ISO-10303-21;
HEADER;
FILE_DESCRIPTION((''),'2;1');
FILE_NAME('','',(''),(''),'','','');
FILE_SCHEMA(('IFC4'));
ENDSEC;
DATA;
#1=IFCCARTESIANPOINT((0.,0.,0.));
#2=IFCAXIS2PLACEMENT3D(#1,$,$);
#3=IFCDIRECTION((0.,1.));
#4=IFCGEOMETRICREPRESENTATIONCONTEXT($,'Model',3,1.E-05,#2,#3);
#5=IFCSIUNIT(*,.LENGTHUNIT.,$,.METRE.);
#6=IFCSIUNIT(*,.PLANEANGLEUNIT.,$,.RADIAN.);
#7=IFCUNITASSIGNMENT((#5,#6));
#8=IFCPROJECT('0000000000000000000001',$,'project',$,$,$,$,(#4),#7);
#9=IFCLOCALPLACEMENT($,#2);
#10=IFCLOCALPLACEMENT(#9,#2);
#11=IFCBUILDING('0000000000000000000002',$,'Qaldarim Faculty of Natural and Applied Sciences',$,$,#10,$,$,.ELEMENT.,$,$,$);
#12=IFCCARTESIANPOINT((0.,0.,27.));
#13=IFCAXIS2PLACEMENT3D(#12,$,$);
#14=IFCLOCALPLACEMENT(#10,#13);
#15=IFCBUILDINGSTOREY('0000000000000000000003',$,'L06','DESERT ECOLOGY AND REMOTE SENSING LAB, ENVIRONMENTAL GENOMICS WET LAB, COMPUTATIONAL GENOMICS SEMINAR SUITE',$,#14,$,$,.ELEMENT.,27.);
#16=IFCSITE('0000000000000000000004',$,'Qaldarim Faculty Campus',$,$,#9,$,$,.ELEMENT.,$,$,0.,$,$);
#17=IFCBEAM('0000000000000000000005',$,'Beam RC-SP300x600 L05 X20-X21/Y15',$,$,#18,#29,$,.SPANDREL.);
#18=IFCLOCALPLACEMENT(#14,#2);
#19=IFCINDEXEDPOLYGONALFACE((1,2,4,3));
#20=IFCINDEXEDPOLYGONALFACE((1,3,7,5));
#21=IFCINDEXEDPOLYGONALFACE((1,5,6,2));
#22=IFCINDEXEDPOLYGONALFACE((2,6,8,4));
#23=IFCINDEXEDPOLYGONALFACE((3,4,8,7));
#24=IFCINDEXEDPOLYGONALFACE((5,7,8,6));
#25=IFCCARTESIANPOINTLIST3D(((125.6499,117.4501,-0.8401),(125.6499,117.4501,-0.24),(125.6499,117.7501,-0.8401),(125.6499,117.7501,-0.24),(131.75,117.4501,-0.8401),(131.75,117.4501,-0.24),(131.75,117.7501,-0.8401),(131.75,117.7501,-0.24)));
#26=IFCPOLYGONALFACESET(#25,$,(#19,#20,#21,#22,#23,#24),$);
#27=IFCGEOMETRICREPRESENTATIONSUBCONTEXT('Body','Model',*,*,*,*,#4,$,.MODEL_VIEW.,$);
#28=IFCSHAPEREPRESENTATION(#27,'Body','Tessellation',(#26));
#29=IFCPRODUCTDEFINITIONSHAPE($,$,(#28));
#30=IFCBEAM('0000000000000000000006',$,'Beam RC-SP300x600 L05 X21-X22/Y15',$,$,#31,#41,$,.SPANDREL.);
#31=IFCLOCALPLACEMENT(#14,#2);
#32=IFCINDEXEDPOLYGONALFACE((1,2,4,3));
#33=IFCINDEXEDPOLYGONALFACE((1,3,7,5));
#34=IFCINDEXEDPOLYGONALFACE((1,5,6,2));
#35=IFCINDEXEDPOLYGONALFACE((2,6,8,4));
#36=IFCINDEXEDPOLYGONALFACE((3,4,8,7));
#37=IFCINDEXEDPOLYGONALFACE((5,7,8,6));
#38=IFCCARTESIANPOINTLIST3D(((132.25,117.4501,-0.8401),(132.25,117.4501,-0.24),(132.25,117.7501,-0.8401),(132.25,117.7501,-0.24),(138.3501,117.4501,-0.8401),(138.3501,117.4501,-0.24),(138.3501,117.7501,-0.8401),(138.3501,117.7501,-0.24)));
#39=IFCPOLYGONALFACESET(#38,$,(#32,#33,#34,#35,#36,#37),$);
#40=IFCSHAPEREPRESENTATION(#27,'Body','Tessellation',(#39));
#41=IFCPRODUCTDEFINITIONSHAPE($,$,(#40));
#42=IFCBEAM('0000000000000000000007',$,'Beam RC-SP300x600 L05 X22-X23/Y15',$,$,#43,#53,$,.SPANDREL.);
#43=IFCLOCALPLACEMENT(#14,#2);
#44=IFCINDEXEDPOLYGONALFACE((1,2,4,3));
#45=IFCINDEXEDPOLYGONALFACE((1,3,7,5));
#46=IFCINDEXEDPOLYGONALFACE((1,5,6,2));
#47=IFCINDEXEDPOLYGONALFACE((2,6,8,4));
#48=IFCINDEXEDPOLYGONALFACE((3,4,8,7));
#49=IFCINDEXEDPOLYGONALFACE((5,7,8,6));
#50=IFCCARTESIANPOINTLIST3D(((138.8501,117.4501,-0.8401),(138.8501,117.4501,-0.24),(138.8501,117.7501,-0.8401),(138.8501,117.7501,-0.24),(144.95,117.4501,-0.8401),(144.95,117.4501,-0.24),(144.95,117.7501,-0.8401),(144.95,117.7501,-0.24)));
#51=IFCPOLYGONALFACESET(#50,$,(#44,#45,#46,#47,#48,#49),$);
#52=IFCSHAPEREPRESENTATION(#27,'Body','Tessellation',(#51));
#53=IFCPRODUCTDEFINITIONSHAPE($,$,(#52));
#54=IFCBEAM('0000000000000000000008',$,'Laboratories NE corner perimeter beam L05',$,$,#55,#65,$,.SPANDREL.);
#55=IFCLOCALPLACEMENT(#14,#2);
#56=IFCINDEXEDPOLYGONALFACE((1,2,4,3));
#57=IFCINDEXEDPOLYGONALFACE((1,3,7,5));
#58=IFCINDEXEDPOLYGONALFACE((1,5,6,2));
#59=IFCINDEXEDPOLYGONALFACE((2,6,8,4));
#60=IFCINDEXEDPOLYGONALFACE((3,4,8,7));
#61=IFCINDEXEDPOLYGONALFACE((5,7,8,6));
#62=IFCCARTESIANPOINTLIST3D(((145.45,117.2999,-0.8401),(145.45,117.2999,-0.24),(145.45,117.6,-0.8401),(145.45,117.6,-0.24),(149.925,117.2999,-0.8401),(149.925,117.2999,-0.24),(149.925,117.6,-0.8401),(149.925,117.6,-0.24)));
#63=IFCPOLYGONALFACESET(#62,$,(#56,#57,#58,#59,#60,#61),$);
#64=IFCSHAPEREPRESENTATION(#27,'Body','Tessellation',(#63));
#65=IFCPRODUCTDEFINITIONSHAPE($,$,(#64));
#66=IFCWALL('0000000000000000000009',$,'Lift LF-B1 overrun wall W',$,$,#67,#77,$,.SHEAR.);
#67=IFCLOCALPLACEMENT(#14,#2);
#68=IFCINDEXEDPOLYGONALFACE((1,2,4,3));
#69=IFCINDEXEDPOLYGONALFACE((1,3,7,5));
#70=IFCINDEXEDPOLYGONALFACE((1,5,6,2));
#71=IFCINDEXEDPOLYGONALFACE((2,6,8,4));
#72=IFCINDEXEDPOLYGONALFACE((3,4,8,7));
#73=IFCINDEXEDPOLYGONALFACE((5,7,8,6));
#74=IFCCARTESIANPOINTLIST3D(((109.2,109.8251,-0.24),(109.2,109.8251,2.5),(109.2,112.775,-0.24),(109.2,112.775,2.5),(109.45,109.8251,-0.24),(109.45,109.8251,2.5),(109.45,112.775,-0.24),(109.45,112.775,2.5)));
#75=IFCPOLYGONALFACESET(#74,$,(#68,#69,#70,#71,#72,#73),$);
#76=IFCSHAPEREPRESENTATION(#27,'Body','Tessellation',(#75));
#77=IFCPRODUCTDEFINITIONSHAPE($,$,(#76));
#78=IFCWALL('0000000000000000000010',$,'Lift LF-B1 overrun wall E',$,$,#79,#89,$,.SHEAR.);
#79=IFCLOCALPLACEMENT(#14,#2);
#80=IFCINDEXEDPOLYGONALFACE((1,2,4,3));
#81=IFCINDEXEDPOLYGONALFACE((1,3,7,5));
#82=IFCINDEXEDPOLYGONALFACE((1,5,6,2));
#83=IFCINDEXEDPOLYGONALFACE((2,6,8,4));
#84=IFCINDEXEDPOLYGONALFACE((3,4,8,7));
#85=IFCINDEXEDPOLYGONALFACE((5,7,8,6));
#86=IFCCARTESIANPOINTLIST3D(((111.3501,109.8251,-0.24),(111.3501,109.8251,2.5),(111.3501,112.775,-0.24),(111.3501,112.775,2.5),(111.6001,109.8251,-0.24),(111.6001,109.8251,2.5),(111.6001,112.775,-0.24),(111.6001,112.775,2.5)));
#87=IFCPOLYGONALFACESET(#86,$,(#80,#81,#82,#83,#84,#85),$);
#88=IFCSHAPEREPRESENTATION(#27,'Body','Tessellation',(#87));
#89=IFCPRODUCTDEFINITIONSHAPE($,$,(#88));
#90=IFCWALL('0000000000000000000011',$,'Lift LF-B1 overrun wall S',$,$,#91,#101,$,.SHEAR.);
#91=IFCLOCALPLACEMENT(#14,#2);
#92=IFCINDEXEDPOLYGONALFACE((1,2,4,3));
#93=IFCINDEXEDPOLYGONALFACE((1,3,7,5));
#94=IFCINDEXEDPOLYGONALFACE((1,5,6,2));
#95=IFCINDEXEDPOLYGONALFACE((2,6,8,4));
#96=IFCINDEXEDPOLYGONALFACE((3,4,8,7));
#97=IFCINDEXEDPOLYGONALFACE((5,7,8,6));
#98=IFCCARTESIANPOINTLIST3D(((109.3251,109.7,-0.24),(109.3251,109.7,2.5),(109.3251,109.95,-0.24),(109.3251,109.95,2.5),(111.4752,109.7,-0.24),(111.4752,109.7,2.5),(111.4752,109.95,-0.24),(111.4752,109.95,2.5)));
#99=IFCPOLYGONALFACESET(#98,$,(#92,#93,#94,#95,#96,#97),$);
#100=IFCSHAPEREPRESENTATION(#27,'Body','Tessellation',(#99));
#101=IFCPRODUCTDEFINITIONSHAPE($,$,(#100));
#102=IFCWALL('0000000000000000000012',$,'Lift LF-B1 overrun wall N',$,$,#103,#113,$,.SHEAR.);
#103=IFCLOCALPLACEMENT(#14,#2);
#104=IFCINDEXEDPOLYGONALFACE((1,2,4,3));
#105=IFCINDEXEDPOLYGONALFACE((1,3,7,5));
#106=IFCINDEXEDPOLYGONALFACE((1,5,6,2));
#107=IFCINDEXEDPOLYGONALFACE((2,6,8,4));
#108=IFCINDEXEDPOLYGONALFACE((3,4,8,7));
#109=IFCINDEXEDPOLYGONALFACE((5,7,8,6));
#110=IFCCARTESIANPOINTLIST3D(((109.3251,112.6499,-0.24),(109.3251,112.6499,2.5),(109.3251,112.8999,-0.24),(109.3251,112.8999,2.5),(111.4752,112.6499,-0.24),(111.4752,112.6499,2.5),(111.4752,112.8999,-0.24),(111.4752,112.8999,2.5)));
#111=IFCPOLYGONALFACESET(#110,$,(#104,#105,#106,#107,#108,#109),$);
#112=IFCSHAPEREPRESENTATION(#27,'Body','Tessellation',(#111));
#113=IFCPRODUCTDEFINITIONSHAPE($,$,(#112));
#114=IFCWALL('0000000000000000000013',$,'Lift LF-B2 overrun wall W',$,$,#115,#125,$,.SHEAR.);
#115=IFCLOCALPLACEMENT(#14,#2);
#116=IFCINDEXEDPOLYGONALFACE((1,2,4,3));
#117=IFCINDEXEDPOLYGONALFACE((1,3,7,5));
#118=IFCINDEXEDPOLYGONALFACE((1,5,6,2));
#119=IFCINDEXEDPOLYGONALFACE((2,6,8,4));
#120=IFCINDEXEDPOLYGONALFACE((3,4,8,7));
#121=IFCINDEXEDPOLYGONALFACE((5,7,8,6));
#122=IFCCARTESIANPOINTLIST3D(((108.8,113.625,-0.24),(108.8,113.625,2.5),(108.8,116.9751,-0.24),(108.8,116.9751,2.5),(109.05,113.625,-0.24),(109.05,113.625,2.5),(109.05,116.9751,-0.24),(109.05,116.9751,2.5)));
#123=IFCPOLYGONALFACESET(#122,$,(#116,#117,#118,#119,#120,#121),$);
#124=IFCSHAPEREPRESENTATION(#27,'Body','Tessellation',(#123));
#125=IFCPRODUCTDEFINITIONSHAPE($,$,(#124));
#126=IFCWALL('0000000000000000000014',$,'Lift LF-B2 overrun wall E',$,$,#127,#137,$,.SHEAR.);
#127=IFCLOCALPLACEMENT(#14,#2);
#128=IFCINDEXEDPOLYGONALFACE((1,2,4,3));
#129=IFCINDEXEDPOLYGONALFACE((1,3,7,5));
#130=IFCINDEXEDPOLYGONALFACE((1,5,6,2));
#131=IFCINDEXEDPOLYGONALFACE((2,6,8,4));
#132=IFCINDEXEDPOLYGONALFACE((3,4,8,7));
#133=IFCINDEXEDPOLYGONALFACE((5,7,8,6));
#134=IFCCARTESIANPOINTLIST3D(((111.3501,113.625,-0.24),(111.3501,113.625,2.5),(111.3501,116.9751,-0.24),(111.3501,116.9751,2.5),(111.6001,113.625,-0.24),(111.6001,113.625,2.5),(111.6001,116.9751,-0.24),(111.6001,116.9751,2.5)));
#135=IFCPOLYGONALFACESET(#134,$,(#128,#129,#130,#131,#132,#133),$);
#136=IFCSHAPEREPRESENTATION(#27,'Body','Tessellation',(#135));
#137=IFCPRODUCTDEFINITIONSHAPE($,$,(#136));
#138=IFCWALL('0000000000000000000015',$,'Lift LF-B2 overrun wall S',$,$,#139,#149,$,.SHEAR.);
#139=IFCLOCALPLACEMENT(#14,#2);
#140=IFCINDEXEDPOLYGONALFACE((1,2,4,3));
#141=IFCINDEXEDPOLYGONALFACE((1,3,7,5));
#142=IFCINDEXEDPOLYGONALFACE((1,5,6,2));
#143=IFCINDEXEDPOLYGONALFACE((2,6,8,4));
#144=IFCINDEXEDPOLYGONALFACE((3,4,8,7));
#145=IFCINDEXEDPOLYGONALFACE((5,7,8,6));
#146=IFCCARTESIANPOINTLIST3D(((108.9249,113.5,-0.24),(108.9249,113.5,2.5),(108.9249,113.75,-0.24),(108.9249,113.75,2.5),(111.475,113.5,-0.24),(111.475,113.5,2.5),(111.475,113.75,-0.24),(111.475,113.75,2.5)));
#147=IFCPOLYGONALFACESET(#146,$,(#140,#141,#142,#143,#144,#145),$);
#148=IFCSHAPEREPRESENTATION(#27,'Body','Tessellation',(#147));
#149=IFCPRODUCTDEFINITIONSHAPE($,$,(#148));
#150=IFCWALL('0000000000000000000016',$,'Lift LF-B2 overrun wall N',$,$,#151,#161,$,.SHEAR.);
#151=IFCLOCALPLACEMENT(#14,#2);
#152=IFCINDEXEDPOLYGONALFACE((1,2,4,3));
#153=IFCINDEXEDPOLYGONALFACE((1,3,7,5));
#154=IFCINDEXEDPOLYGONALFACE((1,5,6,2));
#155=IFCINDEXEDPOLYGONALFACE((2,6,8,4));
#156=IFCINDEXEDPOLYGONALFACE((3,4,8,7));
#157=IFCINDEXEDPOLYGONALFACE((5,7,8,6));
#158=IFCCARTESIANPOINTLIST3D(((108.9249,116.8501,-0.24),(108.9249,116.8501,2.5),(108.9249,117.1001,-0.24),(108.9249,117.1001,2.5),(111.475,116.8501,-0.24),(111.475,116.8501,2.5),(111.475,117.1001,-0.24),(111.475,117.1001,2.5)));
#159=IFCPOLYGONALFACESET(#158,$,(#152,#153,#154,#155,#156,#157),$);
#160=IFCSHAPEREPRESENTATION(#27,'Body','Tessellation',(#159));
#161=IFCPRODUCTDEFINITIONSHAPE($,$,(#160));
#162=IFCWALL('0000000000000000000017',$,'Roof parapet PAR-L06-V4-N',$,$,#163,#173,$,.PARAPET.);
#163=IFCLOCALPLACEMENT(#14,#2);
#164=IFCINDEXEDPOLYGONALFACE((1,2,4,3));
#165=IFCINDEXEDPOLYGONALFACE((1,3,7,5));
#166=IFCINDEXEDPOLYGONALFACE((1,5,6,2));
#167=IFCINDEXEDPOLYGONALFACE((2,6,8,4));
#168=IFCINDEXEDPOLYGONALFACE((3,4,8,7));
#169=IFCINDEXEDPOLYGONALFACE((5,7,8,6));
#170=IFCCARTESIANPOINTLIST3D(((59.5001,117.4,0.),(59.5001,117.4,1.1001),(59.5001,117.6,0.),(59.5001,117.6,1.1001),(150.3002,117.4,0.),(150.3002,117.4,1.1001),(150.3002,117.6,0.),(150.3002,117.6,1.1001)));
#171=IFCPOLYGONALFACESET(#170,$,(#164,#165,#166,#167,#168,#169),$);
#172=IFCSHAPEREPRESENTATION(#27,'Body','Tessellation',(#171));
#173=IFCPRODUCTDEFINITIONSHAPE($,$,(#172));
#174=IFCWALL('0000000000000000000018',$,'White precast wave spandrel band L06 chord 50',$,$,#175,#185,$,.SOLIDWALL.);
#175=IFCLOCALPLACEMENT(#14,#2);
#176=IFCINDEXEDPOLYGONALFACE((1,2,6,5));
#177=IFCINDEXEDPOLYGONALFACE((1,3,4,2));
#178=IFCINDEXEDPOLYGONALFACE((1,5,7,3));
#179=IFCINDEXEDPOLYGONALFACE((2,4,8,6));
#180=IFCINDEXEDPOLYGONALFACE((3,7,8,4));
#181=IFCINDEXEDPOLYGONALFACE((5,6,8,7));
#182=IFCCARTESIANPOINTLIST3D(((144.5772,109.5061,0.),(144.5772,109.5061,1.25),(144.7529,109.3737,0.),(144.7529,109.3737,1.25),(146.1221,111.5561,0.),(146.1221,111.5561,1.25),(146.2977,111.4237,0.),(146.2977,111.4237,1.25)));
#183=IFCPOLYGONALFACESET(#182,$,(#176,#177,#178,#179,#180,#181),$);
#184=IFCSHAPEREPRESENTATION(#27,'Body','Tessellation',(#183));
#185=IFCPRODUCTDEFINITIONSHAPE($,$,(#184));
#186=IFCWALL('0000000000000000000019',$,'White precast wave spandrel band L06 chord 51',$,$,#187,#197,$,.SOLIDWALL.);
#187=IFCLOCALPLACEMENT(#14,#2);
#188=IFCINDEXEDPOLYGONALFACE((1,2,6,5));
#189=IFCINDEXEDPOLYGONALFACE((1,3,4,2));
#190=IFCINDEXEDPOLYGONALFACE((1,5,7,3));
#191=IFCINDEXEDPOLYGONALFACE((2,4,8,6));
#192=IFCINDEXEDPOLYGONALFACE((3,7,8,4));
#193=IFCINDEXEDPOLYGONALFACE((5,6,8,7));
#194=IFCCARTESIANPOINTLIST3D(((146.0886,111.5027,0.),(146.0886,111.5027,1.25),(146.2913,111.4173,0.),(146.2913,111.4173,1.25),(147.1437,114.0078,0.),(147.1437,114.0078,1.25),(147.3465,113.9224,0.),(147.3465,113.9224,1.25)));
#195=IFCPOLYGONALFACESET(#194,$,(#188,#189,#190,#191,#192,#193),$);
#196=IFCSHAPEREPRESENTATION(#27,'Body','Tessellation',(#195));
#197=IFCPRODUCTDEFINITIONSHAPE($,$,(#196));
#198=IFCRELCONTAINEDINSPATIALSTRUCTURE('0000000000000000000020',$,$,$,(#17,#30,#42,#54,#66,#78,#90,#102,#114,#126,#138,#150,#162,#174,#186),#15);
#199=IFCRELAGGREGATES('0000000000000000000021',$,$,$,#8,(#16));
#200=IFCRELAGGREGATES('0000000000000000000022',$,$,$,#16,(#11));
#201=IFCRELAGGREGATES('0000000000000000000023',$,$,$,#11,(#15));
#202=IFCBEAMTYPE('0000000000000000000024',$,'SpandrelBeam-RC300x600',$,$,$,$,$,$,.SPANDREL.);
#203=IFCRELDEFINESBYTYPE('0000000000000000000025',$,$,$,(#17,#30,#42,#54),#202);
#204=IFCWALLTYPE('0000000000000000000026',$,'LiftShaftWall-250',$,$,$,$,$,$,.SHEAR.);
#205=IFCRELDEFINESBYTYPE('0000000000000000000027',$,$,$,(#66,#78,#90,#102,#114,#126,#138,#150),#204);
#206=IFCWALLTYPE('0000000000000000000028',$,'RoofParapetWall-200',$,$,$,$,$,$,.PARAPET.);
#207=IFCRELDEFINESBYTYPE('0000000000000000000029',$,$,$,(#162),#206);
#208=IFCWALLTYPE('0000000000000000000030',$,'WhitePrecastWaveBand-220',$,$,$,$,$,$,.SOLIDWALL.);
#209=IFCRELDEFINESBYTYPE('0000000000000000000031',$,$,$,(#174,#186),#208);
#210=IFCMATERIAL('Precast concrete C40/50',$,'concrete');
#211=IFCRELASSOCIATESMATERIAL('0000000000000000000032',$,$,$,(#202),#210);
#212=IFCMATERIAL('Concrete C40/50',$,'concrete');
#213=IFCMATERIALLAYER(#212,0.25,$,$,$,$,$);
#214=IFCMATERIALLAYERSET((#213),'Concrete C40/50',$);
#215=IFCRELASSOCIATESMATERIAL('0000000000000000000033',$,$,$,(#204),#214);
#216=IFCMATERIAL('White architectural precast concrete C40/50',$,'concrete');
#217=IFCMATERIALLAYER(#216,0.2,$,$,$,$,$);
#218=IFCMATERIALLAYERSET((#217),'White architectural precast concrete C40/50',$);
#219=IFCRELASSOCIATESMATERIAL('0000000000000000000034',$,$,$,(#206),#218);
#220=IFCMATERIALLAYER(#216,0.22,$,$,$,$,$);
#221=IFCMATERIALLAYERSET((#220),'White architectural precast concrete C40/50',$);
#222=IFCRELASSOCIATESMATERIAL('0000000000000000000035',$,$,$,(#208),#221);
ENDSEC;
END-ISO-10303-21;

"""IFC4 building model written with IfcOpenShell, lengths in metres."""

from ifc_helpers import new_model, si_unit, direction, frame, frame_2d, origin, origin_2d, place, context, subcontext, project, spatial, rectangle, extrude, material, layer, layer_set, material_profile, profile_set, type_object, element, save


model = new_model("IFC4")

# Units and contexts
model_context = context("Model", 3, precision=1e-05, world=origin(), true_north=direction((0.0, 1.0)))
body_context = subcontext(model_context, "Body", "Model", "MODEL_VIEW")
ifc_project = project(units=[si_unit("LENGTHUNIT", "METRE"), si_unit("PLANEANGLEUNIT", "RADIAN")], contexts=[model_context])

# Site, building, storey
site_placement = place(None, origin())
site = spatial("IfcSite", under=ifc_project, at=site_placement, Name="Qaldarim Faculty Campus", CompositionType="ELEMENT", RefElevation=0.0)
building_placement = place(site_placement, origin())
building = spatial("IfcBuilding", under=site, at=building_placement, Name="Qaldarim Faculty of Natural and Applied Sciences", CompositionType="ELEMENT")
storey_placement = place(building_placement, frame((0.0, 0.0, 27.0)))
storey = spatial("IfcBuildingStorey", under=building, at=storey_placement, Name="L06", Description="DESERT ECOLOGY AND REMOTE SENSING LAB, ENVIRONMENTAL GENOMICS WET LAB, COMPUTATIONAL GENOMICS SEMINAR SUITE", CompositionType="ELEMENT", Elevation=27.0)

# Beams
ifc_material_1 = material(Name="Concrete C40/50", Category="concrete")
ifc_material_2 = material(Name="Precast concrete C40/50", Category="concrete")
ifc_material_profile_1 = material_profile(ifc_material_2, rectangle(XDim=0.3, YDim=0.6001, at=origin_2d()), Name="RC-SP300x600")
ifc_profile_set_1 = profile_set([ifc_material_profile_1], Name="Precast concrete C40/50")
beam_type_1 = type_object("IfcBeamType", Name="SpandrelBeam-RC300x600", PredefinedType="SPANDREL", material=ifc_profile_set_1)
for number, where, z_axis, x_axis, name in (
    (1, (125.6499, 117.6001, -0.54), (1.0, 0.0, 0.0), (0.0, 1.0, 0.0), "Beam RC-SP300x600 L05 X20-X21/Y15"),
    (2, (132.25, 117.6001, -0.54), (1.0, 0.0, 0.0), (0.0, 1.0, 0.0), "Beam RC-SP300x600 L05 X21-X22/Y15"),
):
    element("IfcBeam", number, at=place(storey_placement, frame(where, z_axis=z_axis, x_axis=x_axis)), inside=storey, type_object=beam_type_1, Name=name, PredefinedType="SPANDREL", context=body_context, shape_type="SweptSolid", body=[
        extrude(rectangle(XDim=0.3, YDim=0.6001, at=origin_2d()), origin(), (0.0, 0.0, 1.0), 6.1001),
    ])
beam_1_placement = place(storey_placement, frame((138.8501, 117.6001, -0.54), z_axis=(1.0, 0.0, 0.0), x_axis=(0.0, 1.0, 0.0)))
element("IfcBeam", 3, at=beam_1_placement, inside=storey, type_object=beam_type_1, Name="Beam RC-SP300x600 L05 X22-X23/Y15", PredefinedType="SPANDREL", context=body_context, shape_type="SweptSolid", body=[
    extrude(rectangle(XDim=0.3, YDim=0.6001, at=origin_2d()), origin(), (0.0, 0.0, 1.0), 6.0999),
])
beam_2_placement = place(storey_placement, frame((145.45, 117.45, -0.54), z_axis=(1.0, 0.0, 0.0), x_axis=(0.0, 1.0, 0.0)))
element("IfcBeam", 4, at=beam_2_placement, inside=storey, type_object=beam_type_1, Name="Laboratories NE corner perimeter beam L05", PredefinedType="SPANDREL", context=body_context, shape_type="SweptSolid", body=[
    extrude(rectangle(XDim=0.3, YDim=0.6001, at=origin_2d()), origin(), (0.0, 0.0, 1.0), 4.4751),
])

# Walls
ifc_layer_1 = layer(ifc_material_1, 0.25)
ifc_layer_set_1 = layer_set([ifc_layer_1], Name="Concrete C40/50")
wall_type_1 = type_object("IfcWallType", Name="LiftShaftWall-250", PredefinedType="SHEAR", material=ifc_layer_set_1)
for number, where, z_axis, x_axis, name in (
    (5, (109.325, 109.825, -0.24), (0.0, 0.0, 1.0), (0.0, 1.0, 0.0), "Lift LF-B1 overrun wall W"),
    (6, (111.4751, 109.825, -0.24), (0.0, 0.0, 1.0), (0.0, 1.0, 0.0), "Lift LF-B1 overrun wall E"),
):
    element("IfcWall", number, at=place(storey_placement, frame(where, z_axis=z_axis, x_axis=x_axis)), inside=storey, type_object=wall_type_1, Name=name, PredefinedType="SHEAR", context=body_context, shape_type="SweptSolid", body=[
        extrude(rectangle(XDim=2.95, YDim=0.25, at=frame_2d((1.4751, 0.0))), origin(), (0.0, 0.0, 1.0), 2.74),
    ])
for number, where, z_axis, x_axis, name in (
    (7, (109.325, 109.825, -0.24), (0.0, 0.0, 1.0), (1.0, 0.0, 0.0), "Lift LF-B1 overrun wall S"),
    (8, (109.325, 112.7749, -0.24), (0.0, 0.0, 1.0), (1.0, 0.0, 0.0), "Lift LF-B1 overrun wall N"),
):
    element("IfcWall", number, at=place(storey_placement, frame(where, z_axis=z_axis, x_axis=x_axis)), inside=storey, type_object=wall_type_1, Name=name, PredefinedType="SHEAR", context=body_context, shape_type="SweptSolid", body=[
        extrude(rectangle(XDim=2.1501, YDim=0.25, at=frame_2d((1.0752, 0.0))), origin(), (0.0, 0.0, 1.0), 2.74),
    ])
for number, where, z_axis, x_axis, name in (
    (9, (108.925, 113.625, -0.24), (0.0, 0.0, 1.0), (0.0, 1.0, 0.0), "Lift LF-B2 overrun wall W"),
    (10, (111.4751, 113.625, -0.24), (0.0, 0.0, 1.0), (0.0, 1.0, 0.0), "Lift LF-B2 overrun wall E"),
):
    element("IfcWall", number, at=place(storey_placement, frame(where, z_axis=z_axis, x_axis=x_axis)), inside=storey, type_object=wall_type_1, Name=name, PredefinedType="SHEAR", context=body_context, shape_type="SweptSolid", body=[
        extrude(rectangle(XDim=3.3501, YDim=0.25, at=frame_2d((1.675, 0.0))), origin(), (0.0, 0.0, 1.0), 2.74),
    ])
for number, where, z_axis, x_axis, name in (
    (11, (108.925, 113.625, -0.24), (0.0, 0.0, 1.0), (1.0, 0.0, 0.0), "Lift LF-B2 overrun wall S"),
    (12, (108.925, 116.9751, -0.24), (0.0, 0.0, 1.0), (1.0, 0.0, 0.0), "Lift LF-B2 overrun wall N"),
):
    element("IfcWall", number, at=place(storey_placement, frame(where, z_axis=z_axis, x_axis=x_axis)), inside=storey, type_object=wall_type_1, Name=name, PredefinedType="SHEAR", context=body_context, shape_type="SweptSolid", body=[
        extrude(rectangle(XDim=2.55, YDim=0.25, at=frame_2d((1.2749, 0.0))), origin(), (0.0, 0.0, 1.0), 2.74),
    ])
ifc_material_3 = material(Name="White architectural precast concrete C40/50", Category="concrete")
ifc_layer_2 = layer(ifc_material_3, 0.2)
ifc_layer_set_2 = layer_set([ifc_layer_2], Name="White architectural precast concrete C40/50")
wall_type_2 = type_object("IfcWallType", Name="RoofParapetWall-200", PredefinedType="PARAPET", material=ifc_layer_set_2)
wall_1_placement = place(storey_placement, frame((150.3, 117.5, 0.0), z_axis=(0.0, 0.0, 1.0), x_axis=(-1.0, 0.0, 0.0)))
element("IfcWall", 13, at=wall_1_placement, inside=storey, type_object=wall_type_2, Name="Roof parapet PAR-L06-V4-N", PredefinedType="PARAPET", context=body_context, shape_type="SweptSolid", body=[
    extrude(rectangle(XDim=90.8, YDim=0.2, at=frame_2d((45.3999, 0.0))), origin(), (0.0, 0.0, 1.0), 1.1001),
])
ifc_layer_3 = layer(ifc_material_3, 0.22)
ifc_layer_set_3 = layer_set([ifc_layer_3], Name="White architectural precast concrete C40/50")
wall_type_3 = type_object("IfcWallType", Name="WhitePrecastWaveBand-220", PredefinedType="SOLIDWALL", material=ifc_layer_set_3)
wall_2_placement = place(storey_placement, frame((144.665, 109.4399, 0.0), z_axis=(0.0, 0.0, 1.0), x_axis=(0.60184, 0.798617, 0.0)))
element("IfcWall", 14, at=wall_2_placement, inside=storey, type_object=wall_type_3, Name="White precast wave spandrel band L06 chord 50", PredefinedType="SOLIDWALL", context=body_context, shape_type="SweptSolid", body=[
    extrude(rectangle(XDim=2.5669, YDim=0.22, at=frame_2d((1.2834, 0.0))), origin(), (0.0, 0.0, 1.0), 1.25),
])
wall_3_placement = place(storey_placement, frame((146.1899, 111.46, 0.0), z_axis=(0.0, 0.0, 1.0), x_axis=(0.388177, 0.921585, 0.0)))
element("IfcWall", 15, at=wall_3_placement, inside=storey, type_object=wall_type_3, Name="White precast wave spandrel band L06 chord 51", PredefinedType="SOLIDWALL", context=body_context, shape_type="SweptSolid", body=[
    extrude(rectangle(XDim=2.7183, YDim=0.22, at=frame_2d((1.3591, 0.0))), origin(), (0.0, 0.0, 1.0), 1.25),
])

save(model, "model.ifc")
